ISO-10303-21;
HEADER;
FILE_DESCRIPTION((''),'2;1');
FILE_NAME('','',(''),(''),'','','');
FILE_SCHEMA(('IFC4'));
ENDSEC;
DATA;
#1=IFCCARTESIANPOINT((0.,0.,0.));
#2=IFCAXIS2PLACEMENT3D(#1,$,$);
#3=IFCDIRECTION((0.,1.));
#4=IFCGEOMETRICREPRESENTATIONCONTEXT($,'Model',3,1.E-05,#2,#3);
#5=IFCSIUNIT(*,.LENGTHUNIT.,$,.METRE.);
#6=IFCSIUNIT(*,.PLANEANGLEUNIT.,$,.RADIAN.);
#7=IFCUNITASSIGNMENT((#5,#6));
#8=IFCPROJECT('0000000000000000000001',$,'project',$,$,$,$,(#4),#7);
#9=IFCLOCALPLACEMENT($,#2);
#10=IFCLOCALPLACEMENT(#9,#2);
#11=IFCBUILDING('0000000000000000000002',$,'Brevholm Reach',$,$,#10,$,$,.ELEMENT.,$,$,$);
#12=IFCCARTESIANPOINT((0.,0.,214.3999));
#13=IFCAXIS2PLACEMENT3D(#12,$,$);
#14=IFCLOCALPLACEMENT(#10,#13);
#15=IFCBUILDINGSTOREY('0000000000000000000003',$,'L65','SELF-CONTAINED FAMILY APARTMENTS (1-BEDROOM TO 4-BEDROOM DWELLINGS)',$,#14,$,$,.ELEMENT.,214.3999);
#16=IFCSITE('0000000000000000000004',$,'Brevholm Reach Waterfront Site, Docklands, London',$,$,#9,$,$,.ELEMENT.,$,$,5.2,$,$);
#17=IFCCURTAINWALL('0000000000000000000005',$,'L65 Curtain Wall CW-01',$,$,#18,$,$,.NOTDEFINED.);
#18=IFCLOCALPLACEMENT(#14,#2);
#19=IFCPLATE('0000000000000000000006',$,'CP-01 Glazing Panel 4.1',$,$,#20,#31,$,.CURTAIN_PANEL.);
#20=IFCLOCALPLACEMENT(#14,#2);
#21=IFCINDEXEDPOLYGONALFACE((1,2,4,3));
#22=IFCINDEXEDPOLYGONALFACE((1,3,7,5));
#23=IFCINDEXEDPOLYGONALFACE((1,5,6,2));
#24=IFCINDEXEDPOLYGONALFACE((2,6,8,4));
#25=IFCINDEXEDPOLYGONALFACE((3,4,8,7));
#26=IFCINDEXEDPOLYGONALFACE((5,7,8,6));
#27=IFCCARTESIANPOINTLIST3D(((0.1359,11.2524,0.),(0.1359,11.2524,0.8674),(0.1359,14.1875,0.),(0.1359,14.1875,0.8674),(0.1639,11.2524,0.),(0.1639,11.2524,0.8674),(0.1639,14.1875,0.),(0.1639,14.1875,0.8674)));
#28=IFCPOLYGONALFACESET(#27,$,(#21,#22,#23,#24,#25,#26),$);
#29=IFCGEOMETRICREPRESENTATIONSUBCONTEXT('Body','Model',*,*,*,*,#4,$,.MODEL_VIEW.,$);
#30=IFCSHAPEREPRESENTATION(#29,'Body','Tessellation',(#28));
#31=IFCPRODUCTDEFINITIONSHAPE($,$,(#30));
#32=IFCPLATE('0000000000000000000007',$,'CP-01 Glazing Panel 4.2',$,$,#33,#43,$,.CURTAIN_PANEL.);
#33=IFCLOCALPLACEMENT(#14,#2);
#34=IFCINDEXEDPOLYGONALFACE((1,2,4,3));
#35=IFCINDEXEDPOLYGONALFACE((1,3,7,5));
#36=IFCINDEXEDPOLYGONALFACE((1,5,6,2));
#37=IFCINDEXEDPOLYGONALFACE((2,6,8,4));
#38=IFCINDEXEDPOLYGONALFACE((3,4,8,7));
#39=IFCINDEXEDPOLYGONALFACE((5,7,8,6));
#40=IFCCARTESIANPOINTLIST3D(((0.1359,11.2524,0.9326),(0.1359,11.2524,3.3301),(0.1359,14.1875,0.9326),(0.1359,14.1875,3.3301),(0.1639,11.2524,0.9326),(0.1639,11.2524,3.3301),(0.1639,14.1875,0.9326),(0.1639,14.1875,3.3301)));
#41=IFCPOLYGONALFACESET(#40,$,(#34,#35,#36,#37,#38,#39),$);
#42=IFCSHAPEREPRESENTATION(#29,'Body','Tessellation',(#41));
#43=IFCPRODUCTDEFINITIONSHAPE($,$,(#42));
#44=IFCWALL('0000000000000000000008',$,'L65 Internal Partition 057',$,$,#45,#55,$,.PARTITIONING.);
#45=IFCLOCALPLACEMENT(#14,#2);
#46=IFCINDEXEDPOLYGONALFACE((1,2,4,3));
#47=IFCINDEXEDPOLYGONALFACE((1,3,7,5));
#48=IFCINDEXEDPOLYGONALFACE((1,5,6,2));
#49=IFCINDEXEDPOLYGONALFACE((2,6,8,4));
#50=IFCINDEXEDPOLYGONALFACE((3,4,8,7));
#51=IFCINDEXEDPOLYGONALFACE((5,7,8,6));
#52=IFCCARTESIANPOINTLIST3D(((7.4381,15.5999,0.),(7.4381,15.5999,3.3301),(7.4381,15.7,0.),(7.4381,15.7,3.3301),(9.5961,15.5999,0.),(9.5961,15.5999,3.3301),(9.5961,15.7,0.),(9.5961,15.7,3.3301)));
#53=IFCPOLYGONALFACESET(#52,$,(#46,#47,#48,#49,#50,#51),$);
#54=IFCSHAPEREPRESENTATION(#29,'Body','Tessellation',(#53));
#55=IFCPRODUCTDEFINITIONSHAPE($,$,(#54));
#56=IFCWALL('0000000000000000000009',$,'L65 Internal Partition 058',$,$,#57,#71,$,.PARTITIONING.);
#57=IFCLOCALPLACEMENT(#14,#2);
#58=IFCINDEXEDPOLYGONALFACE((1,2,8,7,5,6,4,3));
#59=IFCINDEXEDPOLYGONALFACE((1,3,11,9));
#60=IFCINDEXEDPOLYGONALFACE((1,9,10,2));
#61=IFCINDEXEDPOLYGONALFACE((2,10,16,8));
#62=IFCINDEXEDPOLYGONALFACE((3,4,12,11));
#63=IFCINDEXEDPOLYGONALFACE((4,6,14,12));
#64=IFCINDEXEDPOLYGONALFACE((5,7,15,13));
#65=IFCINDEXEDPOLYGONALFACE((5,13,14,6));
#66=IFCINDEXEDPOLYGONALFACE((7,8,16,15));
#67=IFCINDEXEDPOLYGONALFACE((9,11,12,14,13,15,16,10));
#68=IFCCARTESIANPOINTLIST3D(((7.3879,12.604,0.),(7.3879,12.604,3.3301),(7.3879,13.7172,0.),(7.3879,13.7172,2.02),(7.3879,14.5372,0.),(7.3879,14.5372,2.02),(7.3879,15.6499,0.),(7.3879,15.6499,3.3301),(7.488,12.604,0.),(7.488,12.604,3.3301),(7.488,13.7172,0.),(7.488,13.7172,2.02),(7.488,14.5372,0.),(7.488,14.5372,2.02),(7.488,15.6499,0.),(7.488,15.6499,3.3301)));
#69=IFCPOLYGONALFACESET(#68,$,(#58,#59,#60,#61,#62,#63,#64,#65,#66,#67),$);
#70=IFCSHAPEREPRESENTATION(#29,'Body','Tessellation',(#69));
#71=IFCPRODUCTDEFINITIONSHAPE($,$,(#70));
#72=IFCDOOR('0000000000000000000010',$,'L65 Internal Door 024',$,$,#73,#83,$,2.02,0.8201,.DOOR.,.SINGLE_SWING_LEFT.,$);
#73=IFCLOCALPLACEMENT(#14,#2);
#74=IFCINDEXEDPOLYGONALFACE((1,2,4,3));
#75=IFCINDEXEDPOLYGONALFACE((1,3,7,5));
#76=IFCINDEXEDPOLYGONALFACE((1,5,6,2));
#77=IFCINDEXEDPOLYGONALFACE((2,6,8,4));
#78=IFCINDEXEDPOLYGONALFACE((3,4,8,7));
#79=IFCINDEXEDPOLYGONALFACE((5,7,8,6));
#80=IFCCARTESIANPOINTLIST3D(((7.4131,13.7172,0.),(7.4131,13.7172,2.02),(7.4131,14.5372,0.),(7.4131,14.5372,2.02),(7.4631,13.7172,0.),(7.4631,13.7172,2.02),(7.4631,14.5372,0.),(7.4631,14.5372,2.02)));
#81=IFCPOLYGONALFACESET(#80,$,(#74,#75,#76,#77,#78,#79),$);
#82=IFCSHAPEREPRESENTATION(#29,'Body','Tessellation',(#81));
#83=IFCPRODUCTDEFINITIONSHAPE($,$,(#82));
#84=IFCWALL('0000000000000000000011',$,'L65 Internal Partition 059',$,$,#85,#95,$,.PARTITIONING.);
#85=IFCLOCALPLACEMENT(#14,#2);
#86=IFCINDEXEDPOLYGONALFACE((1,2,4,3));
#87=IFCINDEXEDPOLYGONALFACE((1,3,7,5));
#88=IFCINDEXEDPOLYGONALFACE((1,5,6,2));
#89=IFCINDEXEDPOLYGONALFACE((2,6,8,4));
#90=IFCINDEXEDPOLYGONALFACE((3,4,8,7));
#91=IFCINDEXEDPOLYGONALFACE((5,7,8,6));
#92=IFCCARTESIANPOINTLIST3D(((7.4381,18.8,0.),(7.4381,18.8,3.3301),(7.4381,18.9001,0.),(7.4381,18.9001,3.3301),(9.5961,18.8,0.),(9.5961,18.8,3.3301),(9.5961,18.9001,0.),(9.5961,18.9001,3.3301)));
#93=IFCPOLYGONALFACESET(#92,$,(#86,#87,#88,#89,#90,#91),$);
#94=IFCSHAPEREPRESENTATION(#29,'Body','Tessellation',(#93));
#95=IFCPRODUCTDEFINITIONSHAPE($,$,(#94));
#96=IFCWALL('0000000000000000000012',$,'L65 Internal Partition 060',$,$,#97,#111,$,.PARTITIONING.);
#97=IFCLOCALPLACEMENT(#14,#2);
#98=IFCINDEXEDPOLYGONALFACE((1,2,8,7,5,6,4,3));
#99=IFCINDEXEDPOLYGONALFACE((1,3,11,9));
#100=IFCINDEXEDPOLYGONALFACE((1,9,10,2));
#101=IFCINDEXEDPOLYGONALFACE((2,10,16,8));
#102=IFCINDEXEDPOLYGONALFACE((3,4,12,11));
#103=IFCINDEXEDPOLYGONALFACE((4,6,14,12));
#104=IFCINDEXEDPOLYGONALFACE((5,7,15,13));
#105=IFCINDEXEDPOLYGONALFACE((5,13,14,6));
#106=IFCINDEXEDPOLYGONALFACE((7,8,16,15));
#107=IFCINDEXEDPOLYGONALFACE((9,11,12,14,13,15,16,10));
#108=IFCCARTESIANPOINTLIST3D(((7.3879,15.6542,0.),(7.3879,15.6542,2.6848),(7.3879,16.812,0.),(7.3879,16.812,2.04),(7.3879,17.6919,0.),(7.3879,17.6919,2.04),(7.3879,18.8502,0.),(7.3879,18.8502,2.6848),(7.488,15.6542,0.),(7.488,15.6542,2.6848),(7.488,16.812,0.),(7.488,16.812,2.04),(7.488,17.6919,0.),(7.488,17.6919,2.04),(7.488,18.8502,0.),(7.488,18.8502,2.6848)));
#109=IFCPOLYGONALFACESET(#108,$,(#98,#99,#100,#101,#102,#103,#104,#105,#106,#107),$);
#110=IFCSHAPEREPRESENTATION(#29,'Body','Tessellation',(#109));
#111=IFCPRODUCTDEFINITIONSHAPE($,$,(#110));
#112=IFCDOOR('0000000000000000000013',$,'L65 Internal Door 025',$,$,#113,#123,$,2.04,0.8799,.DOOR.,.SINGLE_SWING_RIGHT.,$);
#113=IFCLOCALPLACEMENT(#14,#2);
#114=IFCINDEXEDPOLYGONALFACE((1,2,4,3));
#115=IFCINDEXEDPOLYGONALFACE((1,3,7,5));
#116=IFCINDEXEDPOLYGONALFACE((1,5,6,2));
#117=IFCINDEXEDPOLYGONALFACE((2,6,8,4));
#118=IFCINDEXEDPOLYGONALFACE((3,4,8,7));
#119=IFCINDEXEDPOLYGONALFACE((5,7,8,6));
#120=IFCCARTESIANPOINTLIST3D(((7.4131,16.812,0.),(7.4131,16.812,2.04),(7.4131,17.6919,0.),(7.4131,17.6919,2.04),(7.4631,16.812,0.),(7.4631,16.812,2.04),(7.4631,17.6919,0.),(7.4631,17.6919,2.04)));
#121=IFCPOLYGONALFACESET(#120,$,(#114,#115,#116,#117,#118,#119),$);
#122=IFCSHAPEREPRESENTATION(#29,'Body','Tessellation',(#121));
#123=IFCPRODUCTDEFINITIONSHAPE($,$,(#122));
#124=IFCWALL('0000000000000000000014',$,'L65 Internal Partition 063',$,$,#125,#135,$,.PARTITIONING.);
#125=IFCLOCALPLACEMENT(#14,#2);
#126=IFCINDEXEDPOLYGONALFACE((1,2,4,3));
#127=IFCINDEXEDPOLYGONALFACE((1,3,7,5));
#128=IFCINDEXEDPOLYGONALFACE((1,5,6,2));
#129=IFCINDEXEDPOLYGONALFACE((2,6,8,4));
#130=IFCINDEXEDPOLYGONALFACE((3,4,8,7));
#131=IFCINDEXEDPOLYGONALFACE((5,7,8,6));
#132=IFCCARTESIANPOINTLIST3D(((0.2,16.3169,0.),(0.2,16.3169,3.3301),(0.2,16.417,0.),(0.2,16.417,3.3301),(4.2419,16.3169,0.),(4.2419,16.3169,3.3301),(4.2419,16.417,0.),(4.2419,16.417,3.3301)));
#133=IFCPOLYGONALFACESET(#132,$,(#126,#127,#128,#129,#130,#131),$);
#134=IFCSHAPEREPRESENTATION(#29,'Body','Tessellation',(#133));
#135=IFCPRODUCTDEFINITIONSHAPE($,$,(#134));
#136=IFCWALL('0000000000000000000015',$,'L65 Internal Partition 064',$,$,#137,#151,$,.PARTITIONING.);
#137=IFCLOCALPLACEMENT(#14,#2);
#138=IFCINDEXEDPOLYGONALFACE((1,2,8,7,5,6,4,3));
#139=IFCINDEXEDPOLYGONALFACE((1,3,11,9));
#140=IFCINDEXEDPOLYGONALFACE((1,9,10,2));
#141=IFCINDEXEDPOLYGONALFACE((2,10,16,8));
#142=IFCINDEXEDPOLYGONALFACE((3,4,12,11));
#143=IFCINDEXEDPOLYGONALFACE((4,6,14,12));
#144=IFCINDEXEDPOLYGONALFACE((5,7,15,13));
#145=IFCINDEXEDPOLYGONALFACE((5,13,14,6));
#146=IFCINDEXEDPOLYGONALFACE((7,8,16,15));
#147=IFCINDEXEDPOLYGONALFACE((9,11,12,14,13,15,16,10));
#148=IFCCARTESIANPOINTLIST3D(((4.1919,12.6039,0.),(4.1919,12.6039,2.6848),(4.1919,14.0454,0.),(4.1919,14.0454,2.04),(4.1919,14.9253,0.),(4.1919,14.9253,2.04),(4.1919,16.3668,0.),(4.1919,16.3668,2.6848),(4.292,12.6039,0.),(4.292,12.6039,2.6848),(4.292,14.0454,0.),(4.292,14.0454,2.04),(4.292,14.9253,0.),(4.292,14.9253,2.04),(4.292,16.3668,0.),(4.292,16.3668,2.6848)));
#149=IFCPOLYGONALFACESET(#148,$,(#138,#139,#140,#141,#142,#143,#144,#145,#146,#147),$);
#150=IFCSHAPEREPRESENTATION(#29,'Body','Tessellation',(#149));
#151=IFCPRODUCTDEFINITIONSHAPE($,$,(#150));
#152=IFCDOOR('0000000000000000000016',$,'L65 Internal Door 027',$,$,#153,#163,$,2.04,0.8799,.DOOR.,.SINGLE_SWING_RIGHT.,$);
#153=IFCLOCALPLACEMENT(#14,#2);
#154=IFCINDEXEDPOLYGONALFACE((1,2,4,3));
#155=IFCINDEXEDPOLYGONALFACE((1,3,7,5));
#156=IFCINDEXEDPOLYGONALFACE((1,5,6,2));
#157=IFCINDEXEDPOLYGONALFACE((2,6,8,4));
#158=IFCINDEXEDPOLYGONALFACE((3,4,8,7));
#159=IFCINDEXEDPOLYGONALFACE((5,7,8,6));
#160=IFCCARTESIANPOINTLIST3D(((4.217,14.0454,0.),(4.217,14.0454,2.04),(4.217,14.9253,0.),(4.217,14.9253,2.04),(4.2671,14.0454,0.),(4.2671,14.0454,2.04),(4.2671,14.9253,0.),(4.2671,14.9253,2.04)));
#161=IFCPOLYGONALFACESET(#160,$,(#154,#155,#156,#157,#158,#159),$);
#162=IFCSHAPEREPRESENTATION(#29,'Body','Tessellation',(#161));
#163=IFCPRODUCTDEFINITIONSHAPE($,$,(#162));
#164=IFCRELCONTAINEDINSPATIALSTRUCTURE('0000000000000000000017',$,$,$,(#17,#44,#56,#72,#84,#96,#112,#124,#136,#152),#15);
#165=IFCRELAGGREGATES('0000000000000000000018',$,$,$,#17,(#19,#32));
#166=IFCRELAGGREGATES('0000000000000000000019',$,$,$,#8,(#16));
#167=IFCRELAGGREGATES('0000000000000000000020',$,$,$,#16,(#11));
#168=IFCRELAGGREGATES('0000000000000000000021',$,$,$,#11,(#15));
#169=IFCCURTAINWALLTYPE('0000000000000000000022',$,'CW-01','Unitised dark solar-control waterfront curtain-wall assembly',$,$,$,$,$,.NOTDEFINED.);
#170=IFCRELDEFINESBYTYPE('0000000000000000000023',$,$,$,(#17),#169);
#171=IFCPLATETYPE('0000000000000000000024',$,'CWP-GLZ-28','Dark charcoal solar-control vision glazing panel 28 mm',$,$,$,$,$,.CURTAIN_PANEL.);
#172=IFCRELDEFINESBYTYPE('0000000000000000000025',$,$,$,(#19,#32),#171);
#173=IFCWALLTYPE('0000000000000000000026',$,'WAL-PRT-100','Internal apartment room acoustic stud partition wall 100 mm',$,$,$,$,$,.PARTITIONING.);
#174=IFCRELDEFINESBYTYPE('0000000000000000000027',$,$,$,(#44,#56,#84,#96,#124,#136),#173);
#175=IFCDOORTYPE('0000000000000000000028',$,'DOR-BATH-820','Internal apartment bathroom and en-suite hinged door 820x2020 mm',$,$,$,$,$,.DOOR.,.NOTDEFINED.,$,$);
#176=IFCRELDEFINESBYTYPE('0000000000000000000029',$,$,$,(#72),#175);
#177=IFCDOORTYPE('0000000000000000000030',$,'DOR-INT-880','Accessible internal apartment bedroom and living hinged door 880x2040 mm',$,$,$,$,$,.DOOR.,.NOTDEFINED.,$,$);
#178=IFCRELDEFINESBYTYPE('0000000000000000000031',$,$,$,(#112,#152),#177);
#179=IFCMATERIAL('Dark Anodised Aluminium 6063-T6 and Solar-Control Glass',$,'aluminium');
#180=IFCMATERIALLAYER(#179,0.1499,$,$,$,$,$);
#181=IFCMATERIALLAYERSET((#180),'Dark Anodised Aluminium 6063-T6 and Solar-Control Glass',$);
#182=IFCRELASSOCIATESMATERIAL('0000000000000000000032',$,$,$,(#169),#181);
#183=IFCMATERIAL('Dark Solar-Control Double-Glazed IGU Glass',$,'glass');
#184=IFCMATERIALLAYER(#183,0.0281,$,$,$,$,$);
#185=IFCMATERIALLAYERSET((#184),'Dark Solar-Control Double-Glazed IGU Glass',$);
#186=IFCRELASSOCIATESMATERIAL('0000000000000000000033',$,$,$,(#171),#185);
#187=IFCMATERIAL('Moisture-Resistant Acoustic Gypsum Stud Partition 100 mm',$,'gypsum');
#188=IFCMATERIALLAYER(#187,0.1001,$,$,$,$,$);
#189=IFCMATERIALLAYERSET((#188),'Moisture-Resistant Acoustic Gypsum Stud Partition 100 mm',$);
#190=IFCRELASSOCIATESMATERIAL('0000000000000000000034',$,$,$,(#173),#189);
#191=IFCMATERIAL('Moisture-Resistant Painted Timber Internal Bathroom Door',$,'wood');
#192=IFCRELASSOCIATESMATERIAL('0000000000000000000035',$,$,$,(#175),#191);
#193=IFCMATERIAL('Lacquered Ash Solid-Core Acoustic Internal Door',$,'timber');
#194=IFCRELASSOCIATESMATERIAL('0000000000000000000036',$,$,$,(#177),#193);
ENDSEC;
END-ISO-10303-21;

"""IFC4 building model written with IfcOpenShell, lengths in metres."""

from ifc_helpers import new_model, si_unit, direction, frame, frame_2d, origin, origin_2d, place, context, subcontext, project, spatial, rectangle, extrude, material, layer, layer_set, type_object, element, fill, aggregate, save


model = new_model("IFC4")

# Units and contexts
model_context = context("Model", 3, precision=1e-05, world=origin(), true_north=direction((0.0, 1.0)))
body_context = subcontext(model_context, "Body", "Model", "MODEL_VIEW")
ifc_project = project(units=[si_unit("LENGTHUNIT", "METRE"), si_unit("PLANEANGLEUNIT", "RADIAN")], contexts=[model_context])

# Site, building, storey
site_placement = place(None, origin())
site = spatial("IfcSite", under=ifc_project, at=site_placement, Name="Brevholm Reach Waterfront Site, Docklands, London", CompositionType="ELEMENT", RefElevation=5.2)
building_placement = place(site_placement, origin())
building = spatial("IfcBuilding", under=site, at=building_placement, Name="Brevholm Reach", CompositionType="ELEMENT")
storey_placement = place(building_placement, frame((0.0, 0.0, 214.3999)))
storey = spatial("IfcBuildingStorey", under=building, at=storey_placement, Name="L65", Description="SELF-CONTAINED FAMILY APARTMENTS (1-BEDROOM TO 4-BEDROOM DWELLINGS)", CompositionType="ELEMENT", Elevation=214.3999)

# Curtain wall, plates
ifc_material_1 = material(Name="Dark Anodised Aluminium 6063-T6 and Solar-Control Glass", Category="aluminium")
ifc_layer_1 = layer(ifc_material_1, 0.1499)
ifc_layer_set_1 = layer_set([ifc_layer_1], Name="Dark Anodised Aluminium 6063-T6 and Solar-Control Glass")
curtain_wall_type = type_object("IfcCurtainWallType", Name="CW-01", Description="Unitised dark solar-control waterfront curtain-wall assembly", PredefinedType="NOTDEFINED", material=ifc_layer_set_1)
curtain_wall_placement = place(storey_placement, origin())
curtain_wall = element("IfcCurtainWall", 1, at=curtain_wall_placement, inside=storey, type_object=curtain_wall_type, Name="L65 Curtain Wall CW-01", PredefinedType="NOTDEFINED")
ifc_material_2 = material(Name="Dark Solar-Control Double-Glazed IGU Glass", Category="glass")
ifc_layer_2 = layer(ifc_material_2, 0.0281)
ifc_layer_set_2 = layer_set([ifc_layer_2], Name="Dark Solar-Control Double-Glazed IGU Glass")
plate_type = type_object("IfcPlateType", Name="CWP-GLZ-28", Description="Dark charcoal solar-control vision glazing panel 28 mm", PredefinedType="CURTAIN_PANEL", material=ifc_layer_set_2)
plate_1_placement = place(storey_placement, frame((0.1499, 12.72, 0.0), z_axis=(0.0, 0.0, 1.0), x_axis=(0.0, -1.0, 0.0)))
plate_1 = element("IfcPlate", 2, at=plate_1_placement, type_object=plate_type, Name="CP-01 Glazing Panel 4.1", PredefinedType="CURTAIN_PANEL", context=body_context, shape_type="SweptSolid", body=[
    extrude(rectangle(XDim=2.9351, YDim=0.0281, at=origin_2d()), origin(), (0.0, 0.0, 1.0), 0.8674),
])
plate_2_placement = place(storey_placement, frame((0.1499, 12.72, 0.9326), z_axis=(0.0, 0.0, 1.0), x_axis=(0.0, -1.0, 0.0)))
plate_2 = element("IfcPlate", 3, at=plate_2_placement, type_object=plate_type, Name="CP-01 Glazing Panel 4.2", PredefinedType="CURTAIN_PANEL", context=body_context, shape_type="SweptSolid", body=[
    extrude(rectangle(XDim=2.9351, YDim=0.0281, at=origin_2d()), origin(), (0.0, 0.0, 1.0), 2.3975),
])
aggregate(curtain_wall, [plate_1, plate_2])

# Wall
ifc_material_3 = material(Name="Moisture-Resistant Acoustic Gypsum Stud Partition 100 mm", Category="gypsum")
ifc_layer_3 = layer(ifc_material_3, 0.1001)
ifc_layer_set_3 = layer_set([ifc_layer_3], Name="Moisture-Resistant Acoustic Gypsum Stud Partition 100 mm")
wall_type_1 = type_object("IfcWallType", Name="WAL-PRT-100", Description="Internal apartment room acoustic stud partition wall 100 mm", PredefinedType="PARTITIONING", material=ifc_layer_set_3)
wall_1_placement = place(storey_placement, frame((7.438, 15.6499, 0.0), z_axis=(0.0, 0.0, 1.0), x_axis=(1.0, 0.0, 0.0)))
element("IfcWall", 4, at=wall_1_placement, inside=storey, type_object=wall_type_1, Name="L65 Internal Partition 057", PredefinedType="PARTITIONING", context=body_context, shape_type="SweptSolid", body=[
    extrude(rectangle(XDim=2.158, YDim=0.1001, at=frame_2d((1.0791, 0.0))), origin(), (0.0, 0.0, 1.0), 3.3301),
])

# Wall, opening, door
wall_2_placement = place(storey_placement, frame((7.438, 12.604, 0.0), z_axis=(0.0, 0.0, 1.0), x_axis=(0.0, 1.0, 0.0)))
wall_2 = element("IfcWall", 5, at=wall_2_placement, inside=storey, type_object=wall_type_1, Name="L65 Internal Partition 058", PredefinedType="PARTITIONING", context=body_context, shape_type="SweptSolid", body=[
    extrude(rectangle(XDim=3.0459, YDim=0.1001, at=frame_2d((1.5229, 0.0))), origin(), (0.0, 0.0, 1.0), 3.3301),
])
opening_1_placement = place(wall_2_placement, frame((1.113, 0.0, 0.0)))
opening_1 = element("IfcOpeningElement", 6, at=opening_1_placement, cuts=wall_2, PredefinedType="OPENING", context=body_context, shape_type="SweptSolid", body=[
    extrude(rectangle(XDim=0.8201, YDim=2.02, at=frame_2d((0.4102, 1.01))), frame((0.0, 0.0601, 0.0), z_axis=(0.0, -1.0, 0.0), x_axis=(1.0, 0.0, 0.0)), (0.0, 0.0, 1.0), 0.1201),
])
ifc_material_4 = material(Name="Moisture-Resistant Painted Timber Internal Bathroom Door", Category="wood")
door_type_1 = type_object("IfcDoorType", Name="DOR-BATH-820", Description="Internal apartment bathroom and en-suite hinged door 820x2020 mm", OperationType="NOTDEFINED", PredefinedType="DOOR", material=ifc_material_4)
door_1_placement = place(opening_1_placement, origin())
door_1 = element("IfcDoor", 7, at=door_1_placement, inside=storey, type_object=door_type_1, Name="L65 Internal Door 024", OperationType="SINGLE_SWING_LEFT", OverallHeight=2.02, OverallWidth=0.8201, PredefinedType="DOOR", context=body_context, shape_type="SweptSolid", body=[
    extrude(rectangle(XDim=0.8201, YDim=2.02, at=frame_2d((0.4102, 1.01))), frame((0.0, 0.0249, 0.0), z_axis=(0.0, -1.0, 0.0), x_axis=(1.0, 0.0, 0.0)), (0.0, 0.0, 1.0), 0.05),
])
fill(opening_1, door_1)

# Wall
wall_3_placement = place(storey_placement, frame((7.438, 18.8501, 0.0), z_axis=(0.0, 0.0, 1.0), x_axis=(1.0, 0.0, 0.0)))
element("IfcWall", 8, at=wall_3_placement, inside=storey, type_object=wall_type_1, Name="L65 Internal Partition 059", PredefinedType="PARTITIONING", context=body_context, shape_type="SweptSolid", body=[
    extrude(rectangle(XDim=2.158, YDim=0.1001, at=frame_2d((1.0791, 0.0))), origin(), (0.0, 0.0, 1.0), 3.3301),
])

# Wall, opening, door
wall_4_placement = place(storey_placement, frame((7.438, 15.6541, 0.0), z_axis=(0.0, 0.0, 1.0), x_axis=(0.0, 1.0, 0.0)))
wall_4 = element("IfcWall", 9, at=wall_4_placement, inside=storey, type_object=wall_type_1, Name="L65 Internal Partition 060", PredefinedType="PARTITIONING", context=body_context, shape_type="SweptSolid", body=[
    extrude(rectangle(XDim=3.196, YDim=0.1001, at=frame_2d((1.5981, 0.0))), origin(), (0.0, 0.0, 1.0), 2.6848),
])
opening_2_placement = place(wall_4_placement, frame((1.158, 0.0, 0.0)))
opening_2 = element("IfcOpeningElement", 10, at=opening_2_placement, cuts=wall_4, PredefinedType="OPENING", context=body_context, shape_type="SweptSolid", body=[
    extrude(rectangle(XDim=0.8799, YDim=2.04, at=frame_2d((0.4399, 1.02))), frame((0.0, 0.0601, 0.0), z_axis=(0.0, -1.0, 0.0), x_axis=(1.0, 0.0, 0.0)), (0.0, 0.0, 1.0), 0.1201),
])
ifc_material_5 = material(Name="Lacquered Ash Solid-Core Acoustic Internal Door", Category="timber")
door_type_2 = type_object("IfcDoorType", Name="DOR-INT-880", Description="Accessible internal apartment bedroom and living hinged door 880x2040 mm", OperationType="NOTDEFINED", PredefinedType="DOOR", material=ifc_material_5)
door_2_placement = place(opening_2_placement, origin())
door_2 = element("IfcDoor", 11, at=door_2_placement, inside=storey, type_object=door_type_2, Name="L65 Internal Door 025", OperationType="SINGLE_SWING_RIGHT", OverallHeight=2.04, OverallWidth=0.8799, PredefinedType="DOOR", context=body_context, shape_type="SweptSolid", body=[
    extrude(rectangle(XDim=0.8799, YDim=2.04, at=frame_2d((0.4399, 1.02))), frame((0.0, 0.0249, 0.0), z_axis=(0.0, -1.0, 0.0), x_axis=(1.0, 0.0, 0.0)), (0.0, 0.0, 1.0), 0.05),
])
fill(opening_2, door_2)

# Wall
wall_5_placement = place(storey_placement, frame((0.2, 16.3669, 0.0), z_axis=(0.0, 0.0, 1.0), x_axis=(1.0, 0.0, 0.0)))
element("IfcWall", 12, at=wall_5_placement, inside=storey, type_object=wall_type_1, Name="L65 Internal Partition 063", PredefinedType="PARTITIONING", context=body_context, shape_type="SweptSolid", body=[
    extrude(rectangle(XDim=4.042, YDim=0.1001, at=frame_2d((2.021, 0.0))), origin(), (0.0, 0.0, 1.0), 3.3301),
])

# Wall, opening, door
wall_6_placement = place(storey_placement, frame((4.2419, 12.604, 0.0), z_axis=(0.0, 0.0, 1.0), x_axis=(0.0, 1.0, 0.0)))
wall_6 = element("IfcWall", 13, at=wall_6_placement, inside=storey, type_object=wall_type_1, Name="L65 Internal Partition 064", PredefinedType="PARTITIONING", context=body_context, shape_type="SweptSolid", body=[
    extrude(rectangle(XDim=3.7629, YDim=0.1001, at=frame_2d((1.8813, 0.0))), origin(), (0.0, 0.0, 1.0), 2.6848),
])
opening_3_placement = place(wall_6_placement, frame((1.4414, 0.0, 0.0)))
opening_3 = element("IfcOpeningElement", 14, at=opening_3_placement, cuts=wall_6, PredefinedType="OPENING", context=body_context, shape_type="SweptSolid", body=[
    extrude(rectangle(XDim=0.8799, YDim=2.04, at=frame_2d((0.4399, 1.02))), frame((0.0, 0.0601, 0.0), z_axis=(0.0, -1.0, 0.0), x_axis=(1.0, 0.0, 0.0)), (0.0, 0.0, 1.0), 0.1201),
])
door_3_placement = place(opening_3_placement, origin())
door_3 = element("IfcDoor", 15, at=door_3_placement, inside=storey, type_object=door_type_2, Name="L65 Internal Door 027", OperationType="SINGLE_SWING_RIGHT", OverallHeight=2.04, OverallWidth=0.8799, PredefinedType="DOOR", context=body_context, shape_type="SweptSolid", body=[
    extrude(rectangle(XDim=0.8799, YDim=2.04, at=frame_2d((0.4399, 1.02))), frame((0.0, 0.0249, 0.0), z_axis=(0.0, -1.0, 0.0), x_axis=(1.0, 0.0, 0.0)), (0.0, 0.0, 1.0), 0.05),
])
fill(opening_3, door_3)

save(model, "model.ifc")
